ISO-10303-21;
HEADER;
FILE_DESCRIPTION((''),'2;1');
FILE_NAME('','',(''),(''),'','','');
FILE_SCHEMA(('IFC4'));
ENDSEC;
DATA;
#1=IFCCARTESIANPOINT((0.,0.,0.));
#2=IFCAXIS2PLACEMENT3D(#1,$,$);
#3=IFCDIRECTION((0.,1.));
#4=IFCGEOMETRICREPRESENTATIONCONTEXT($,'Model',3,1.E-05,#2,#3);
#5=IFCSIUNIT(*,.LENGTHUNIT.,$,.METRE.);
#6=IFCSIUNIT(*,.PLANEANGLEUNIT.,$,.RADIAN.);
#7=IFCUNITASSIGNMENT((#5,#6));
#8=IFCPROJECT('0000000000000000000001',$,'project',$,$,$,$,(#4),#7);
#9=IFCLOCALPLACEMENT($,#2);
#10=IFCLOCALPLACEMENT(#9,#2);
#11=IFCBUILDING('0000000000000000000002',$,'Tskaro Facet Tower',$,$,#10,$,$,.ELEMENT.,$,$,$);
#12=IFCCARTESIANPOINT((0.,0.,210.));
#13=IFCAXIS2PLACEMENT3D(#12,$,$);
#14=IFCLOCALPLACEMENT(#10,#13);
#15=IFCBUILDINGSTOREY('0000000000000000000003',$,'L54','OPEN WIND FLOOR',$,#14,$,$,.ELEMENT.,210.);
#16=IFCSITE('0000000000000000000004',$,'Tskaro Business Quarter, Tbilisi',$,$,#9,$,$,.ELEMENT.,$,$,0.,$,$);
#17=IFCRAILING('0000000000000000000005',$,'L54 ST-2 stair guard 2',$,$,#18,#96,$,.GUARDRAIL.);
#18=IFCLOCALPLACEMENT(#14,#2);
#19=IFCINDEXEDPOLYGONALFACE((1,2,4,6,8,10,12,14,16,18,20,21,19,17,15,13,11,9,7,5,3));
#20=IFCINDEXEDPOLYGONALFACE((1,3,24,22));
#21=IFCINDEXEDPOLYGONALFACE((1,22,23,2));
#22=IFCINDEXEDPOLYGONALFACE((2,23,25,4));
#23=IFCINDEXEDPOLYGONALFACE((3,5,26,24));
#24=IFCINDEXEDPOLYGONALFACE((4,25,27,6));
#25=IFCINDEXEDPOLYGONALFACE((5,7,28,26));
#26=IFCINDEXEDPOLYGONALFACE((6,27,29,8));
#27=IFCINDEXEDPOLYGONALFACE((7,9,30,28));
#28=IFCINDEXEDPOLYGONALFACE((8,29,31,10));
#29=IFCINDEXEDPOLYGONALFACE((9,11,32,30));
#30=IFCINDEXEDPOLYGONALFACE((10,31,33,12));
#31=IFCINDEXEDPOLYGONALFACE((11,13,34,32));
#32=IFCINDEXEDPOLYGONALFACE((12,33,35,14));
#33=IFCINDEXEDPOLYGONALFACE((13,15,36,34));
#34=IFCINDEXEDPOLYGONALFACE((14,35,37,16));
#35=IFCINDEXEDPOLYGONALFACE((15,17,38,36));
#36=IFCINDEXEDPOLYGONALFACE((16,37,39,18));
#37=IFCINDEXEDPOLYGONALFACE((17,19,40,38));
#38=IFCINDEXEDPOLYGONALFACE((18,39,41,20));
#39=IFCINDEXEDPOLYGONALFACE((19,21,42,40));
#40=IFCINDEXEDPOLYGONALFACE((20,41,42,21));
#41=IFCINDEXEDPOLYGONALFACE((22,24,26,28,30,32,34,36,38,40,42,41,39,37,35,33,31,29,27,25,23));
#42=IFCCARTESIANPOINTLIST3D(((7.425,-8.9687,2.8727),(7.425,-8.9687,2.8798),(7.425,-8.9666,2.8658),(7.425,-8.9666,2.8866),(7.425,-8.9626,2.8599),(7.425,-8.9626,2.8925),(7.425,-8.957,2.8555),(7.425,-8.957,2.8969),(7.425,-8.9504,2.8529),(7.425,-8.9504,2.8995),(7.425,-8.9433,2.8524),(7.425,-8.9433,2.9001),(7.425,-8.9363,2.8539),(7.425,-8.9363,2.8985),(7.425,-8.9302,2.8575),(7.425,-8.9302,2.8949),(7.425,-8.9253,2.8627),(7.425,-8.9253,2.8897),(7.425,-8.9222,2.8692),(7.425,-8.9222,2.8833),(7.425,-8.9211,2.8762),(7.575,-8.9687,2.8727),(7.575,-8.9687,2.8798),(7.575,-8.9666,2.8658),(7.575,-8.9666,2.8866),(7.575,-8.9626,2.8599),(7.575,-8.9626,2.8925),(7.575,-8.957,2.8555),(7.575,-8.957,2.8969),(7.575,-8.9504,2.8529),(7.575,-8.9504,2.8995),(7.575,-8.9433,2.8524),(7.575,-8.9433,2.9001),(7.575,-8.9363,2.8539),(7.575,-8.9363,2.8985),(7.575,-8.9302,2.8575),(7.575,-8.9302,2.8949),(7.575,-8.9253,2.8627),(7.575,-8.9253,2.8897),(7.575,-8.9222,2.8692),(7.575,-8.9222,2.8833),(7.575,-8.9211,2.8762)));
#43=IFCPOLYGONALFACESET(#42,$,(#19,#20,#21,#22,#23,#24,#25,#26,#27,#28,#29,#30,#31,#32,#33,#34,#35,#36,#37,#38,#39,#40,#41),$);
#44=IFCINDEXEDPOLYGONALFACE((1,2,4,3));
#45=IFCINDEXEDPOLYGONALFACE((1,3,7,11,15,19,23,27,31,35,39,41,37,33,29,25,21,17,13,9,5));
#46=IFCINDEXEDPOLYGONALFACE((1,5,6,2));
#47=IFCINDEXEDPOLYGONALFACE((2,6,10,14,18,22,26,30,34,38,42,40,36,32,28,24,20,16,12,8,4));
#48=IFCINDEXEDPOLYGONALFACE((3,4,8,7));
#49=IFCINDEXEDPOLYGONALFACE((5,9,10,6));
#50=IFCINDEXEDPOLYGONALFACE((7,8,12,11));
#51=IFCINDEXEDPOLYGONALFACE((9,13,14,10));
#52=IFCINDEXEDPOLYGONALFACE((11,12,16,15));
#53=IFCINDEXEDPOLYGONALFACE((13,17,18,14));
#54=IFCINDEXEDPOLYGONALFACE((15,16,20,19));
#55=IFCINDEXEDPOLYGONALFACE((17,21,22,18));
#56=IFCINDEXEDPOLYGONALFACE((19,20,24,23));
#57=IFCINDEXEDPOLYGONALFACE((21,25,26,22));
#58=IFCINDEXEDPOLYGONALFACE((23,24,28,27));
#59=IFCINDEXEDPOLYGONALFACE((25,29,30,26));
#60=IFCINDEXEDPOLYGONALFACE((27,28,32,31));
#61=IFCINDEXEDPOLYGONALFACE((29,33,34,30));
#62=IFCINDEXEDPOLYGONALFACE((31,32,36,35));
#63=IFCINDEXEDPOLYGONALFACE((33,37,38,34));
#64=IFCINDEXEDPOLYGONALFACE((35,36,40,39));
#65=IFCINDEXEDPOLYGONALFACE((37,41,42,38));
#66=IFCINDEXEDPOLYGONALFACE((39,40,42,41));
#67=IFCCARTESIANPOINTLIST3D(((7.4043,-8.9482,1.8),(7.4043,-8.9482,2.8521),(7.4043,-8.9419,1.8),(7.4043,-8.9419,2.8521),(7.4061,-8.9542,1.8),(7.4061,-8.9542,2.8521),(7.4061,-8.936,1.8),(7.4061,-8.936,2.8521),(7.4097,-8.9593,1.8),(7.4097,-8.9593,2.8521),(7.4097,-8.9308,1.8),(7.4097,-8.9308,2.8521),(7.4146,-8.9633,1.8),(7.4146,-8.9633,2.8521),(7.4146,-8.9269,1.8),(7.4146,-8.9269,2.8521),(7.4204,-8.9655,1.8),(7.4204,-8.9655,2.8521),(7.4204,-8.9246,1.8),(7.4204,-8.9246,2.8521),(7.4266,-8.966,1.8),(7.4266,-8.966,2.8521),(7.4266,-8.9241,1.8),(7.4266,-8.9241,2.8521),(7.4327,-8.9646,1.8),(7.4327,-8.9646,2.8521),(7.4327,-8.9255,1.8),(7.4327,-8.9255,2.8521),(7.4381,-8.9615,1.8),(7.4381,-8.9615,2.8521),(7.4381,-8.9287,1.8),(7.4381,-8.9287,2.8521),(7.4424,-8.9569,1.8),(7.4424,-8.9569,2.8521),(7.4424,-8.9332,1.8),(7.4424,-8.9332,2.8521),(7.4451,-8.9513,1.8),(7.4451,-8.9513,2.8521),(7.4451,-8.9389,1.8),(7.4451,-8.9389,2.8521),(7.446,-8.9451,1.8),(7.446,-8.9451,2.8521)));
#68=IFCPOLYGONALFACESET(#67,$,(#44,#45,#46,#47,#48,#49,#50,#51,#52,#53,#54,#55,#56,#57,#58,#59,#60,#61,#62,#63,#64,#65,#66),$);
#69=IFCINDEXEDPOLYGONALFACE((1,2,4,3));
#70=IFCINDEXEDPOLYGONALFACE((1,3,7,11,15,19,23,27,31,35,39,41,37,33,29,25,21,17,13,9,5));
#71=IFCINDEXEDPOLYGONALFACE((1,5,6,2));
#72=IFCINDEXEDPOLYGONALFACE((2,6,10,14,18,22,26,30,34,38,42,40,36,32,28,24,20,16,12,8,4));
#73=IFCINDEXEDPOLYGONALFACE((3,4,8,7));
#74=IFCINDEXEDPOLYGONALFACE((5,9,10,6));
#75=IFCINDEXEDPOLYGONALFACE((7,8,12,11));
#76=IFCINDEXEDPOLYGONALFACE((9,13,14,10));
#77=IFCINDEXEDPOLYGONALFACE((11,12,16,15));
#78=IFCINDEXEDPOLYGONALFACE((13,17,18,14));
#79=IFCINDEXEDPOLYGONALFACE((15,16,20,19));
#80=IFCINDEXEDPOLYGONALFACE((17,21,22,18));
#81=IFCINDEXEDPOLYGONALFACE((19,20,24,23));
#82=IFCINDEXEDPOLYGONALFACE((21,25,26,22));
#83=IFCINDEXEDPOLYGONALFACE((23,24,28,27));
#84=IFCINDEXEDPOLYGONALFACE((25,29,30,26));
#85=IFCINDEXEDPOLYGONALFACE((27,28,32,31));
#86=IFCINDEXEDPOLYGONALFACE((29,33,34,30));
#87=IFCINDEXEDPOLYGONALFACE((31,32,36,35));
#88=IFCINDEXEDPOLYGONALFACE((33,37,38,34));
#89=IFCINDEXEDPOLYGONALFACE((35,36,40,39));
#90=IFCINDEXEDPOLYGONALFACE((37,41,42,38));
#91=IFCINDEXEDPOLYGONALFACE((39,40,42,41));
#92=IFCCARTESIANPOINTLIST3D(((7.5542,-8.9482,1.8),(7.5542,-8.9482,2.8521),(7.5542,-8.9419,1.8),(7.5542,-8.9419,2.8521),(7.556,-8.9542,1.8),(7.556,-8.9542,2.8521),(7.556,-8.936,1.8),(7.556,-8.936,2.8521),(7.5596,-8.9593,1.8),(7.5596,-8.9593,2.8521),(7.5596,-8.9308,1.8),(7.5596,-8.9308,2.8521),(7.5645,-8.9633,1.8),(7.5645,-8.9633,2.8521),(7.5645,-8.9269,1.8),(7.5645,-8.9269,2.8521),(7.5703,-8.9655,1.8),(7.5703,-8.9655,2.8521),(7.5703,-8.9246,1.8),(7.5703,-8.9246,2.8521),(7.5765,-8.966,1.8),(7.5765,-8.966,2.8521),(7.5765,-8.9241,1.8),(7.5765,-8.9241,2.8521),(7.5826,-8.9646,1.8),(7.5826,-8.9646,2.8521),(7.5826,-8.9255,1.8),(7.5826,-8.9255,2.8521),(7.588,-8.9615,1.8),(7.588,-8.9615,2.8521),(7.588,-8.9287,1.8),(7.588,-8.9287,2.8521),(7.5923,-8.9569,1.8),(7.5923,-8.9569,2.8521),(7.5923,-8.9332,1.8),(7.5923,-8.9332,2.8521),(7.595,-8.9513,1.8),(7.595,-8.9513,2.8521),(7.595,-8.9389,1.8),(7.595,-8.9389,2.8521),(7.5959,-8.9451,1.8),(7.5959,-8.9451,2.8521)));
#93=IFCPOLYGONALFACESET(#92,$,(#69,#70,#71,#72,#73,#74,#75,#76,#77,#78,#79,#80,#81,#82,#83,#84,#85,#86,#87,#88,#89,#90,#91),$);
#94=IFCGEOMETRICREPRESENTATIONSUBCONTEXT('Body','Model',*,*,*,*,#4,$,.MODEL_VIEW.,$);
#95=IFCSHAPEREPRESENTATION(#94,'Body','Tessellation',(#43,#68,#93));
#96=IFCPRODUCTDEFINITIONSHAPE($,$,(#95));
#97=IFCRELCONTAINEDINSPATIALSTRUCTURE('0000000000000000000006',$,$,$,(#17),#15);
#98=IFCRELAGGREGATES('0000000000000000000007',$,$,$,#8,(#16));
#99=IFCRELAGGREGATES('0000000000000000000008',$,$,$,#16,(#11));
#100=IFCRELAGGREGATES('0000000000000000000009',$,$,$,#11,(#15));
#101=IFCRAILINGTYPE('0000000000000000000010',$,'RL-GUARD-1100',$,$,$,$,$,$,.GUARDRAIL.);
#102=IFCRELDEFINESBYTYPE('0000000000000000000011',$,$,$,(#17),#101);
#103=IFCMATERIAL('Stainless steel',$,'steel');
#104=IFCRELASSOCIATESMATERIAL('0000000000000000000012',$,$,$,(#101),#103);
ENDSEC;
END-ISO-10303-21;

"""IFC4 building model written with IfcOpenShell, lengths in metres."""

from ifc_helpers import new_model, si_unit, direction, frame, origin, origin_2d, place, context, subcontext, project, spatial, circle, extrude, material, type_object, element, save


model = new_model("IFC4")

# Units and contexts
model_context = context("Model", 3, precision=1e-05, world=origin(), true_north=direction((0.0, 1.0)))
body_context = subcontext(model_context, "Body", "Model", "MODEL_VIEW")
ifc_project = project(units=[si_unit("LENGTHUNIT", "METRE"), si_unit("PLANEANGLEUNIT", "RADIAN")], contexts=[model_context])

# Site, building, storey
site_placement = place(None, origin())
site = spatial("IfcSite", under=ifc_project, at=site_placement, Name="Tskaro Business Quarter, Tbilisi", CompositionType="ELEMENT", RefElevation=0.0)
building_placement = place(site_placement, origin())
building = spatial("IfcBuilding", under=site, at=building_placement, Name="Tskaro Facet Tower", CompositionType="ELEMENT")
storey_placement = place(building_placement, frame((0.0, 0.0, 210.0)))
storey = spatial("IfcBuildingStorey", under=building, at=storey_placement, Name="L54", Description="OPEN WIND FLOOR", CompositionType="ELEMENT", Elevation=210.0)

# Railing
ifc_material_1 = material(Name="Stainless steel", Category="steel")
railing_type = type_object("IfcRailingType", Name="RL-GUARD-1100", PredefinedType="GUARDRAIL", material=ifc_material_1)
railing_1_placement = place(storey_placement, frame((7.425, -8.9451, 1.8)))
element("IfcRailing", 1, at=railing_1_placement, inside=storey, type_object=railing_type, Name="L54 ST-2 stair guard 2", PredefinedType="GUARDRAIL", context=body_context, shape_type="SweptSolid", body=[
    extrude(circle(Radius=0.0239, at=origin_2d()), frame((0.0, 0.0, 1.0762), z_axis=(1.0, 0.0, 0.0), x_axis=(0.0, 1.0, 0.0)), (0.0, 0.0, 1.0), 0.1499),
    extrude(circle(Radius=0.021, at=origin_2d()), origin(), (0.0, 0.0, 1.0), 1.052),
    extrude(circle(Radius=0.021, at=origin_2d()), frame((0.1499, 0.0, 0.0)), (0.0, 0.0, 1.0), 1.052),
])

save(model, "model.ifc")
